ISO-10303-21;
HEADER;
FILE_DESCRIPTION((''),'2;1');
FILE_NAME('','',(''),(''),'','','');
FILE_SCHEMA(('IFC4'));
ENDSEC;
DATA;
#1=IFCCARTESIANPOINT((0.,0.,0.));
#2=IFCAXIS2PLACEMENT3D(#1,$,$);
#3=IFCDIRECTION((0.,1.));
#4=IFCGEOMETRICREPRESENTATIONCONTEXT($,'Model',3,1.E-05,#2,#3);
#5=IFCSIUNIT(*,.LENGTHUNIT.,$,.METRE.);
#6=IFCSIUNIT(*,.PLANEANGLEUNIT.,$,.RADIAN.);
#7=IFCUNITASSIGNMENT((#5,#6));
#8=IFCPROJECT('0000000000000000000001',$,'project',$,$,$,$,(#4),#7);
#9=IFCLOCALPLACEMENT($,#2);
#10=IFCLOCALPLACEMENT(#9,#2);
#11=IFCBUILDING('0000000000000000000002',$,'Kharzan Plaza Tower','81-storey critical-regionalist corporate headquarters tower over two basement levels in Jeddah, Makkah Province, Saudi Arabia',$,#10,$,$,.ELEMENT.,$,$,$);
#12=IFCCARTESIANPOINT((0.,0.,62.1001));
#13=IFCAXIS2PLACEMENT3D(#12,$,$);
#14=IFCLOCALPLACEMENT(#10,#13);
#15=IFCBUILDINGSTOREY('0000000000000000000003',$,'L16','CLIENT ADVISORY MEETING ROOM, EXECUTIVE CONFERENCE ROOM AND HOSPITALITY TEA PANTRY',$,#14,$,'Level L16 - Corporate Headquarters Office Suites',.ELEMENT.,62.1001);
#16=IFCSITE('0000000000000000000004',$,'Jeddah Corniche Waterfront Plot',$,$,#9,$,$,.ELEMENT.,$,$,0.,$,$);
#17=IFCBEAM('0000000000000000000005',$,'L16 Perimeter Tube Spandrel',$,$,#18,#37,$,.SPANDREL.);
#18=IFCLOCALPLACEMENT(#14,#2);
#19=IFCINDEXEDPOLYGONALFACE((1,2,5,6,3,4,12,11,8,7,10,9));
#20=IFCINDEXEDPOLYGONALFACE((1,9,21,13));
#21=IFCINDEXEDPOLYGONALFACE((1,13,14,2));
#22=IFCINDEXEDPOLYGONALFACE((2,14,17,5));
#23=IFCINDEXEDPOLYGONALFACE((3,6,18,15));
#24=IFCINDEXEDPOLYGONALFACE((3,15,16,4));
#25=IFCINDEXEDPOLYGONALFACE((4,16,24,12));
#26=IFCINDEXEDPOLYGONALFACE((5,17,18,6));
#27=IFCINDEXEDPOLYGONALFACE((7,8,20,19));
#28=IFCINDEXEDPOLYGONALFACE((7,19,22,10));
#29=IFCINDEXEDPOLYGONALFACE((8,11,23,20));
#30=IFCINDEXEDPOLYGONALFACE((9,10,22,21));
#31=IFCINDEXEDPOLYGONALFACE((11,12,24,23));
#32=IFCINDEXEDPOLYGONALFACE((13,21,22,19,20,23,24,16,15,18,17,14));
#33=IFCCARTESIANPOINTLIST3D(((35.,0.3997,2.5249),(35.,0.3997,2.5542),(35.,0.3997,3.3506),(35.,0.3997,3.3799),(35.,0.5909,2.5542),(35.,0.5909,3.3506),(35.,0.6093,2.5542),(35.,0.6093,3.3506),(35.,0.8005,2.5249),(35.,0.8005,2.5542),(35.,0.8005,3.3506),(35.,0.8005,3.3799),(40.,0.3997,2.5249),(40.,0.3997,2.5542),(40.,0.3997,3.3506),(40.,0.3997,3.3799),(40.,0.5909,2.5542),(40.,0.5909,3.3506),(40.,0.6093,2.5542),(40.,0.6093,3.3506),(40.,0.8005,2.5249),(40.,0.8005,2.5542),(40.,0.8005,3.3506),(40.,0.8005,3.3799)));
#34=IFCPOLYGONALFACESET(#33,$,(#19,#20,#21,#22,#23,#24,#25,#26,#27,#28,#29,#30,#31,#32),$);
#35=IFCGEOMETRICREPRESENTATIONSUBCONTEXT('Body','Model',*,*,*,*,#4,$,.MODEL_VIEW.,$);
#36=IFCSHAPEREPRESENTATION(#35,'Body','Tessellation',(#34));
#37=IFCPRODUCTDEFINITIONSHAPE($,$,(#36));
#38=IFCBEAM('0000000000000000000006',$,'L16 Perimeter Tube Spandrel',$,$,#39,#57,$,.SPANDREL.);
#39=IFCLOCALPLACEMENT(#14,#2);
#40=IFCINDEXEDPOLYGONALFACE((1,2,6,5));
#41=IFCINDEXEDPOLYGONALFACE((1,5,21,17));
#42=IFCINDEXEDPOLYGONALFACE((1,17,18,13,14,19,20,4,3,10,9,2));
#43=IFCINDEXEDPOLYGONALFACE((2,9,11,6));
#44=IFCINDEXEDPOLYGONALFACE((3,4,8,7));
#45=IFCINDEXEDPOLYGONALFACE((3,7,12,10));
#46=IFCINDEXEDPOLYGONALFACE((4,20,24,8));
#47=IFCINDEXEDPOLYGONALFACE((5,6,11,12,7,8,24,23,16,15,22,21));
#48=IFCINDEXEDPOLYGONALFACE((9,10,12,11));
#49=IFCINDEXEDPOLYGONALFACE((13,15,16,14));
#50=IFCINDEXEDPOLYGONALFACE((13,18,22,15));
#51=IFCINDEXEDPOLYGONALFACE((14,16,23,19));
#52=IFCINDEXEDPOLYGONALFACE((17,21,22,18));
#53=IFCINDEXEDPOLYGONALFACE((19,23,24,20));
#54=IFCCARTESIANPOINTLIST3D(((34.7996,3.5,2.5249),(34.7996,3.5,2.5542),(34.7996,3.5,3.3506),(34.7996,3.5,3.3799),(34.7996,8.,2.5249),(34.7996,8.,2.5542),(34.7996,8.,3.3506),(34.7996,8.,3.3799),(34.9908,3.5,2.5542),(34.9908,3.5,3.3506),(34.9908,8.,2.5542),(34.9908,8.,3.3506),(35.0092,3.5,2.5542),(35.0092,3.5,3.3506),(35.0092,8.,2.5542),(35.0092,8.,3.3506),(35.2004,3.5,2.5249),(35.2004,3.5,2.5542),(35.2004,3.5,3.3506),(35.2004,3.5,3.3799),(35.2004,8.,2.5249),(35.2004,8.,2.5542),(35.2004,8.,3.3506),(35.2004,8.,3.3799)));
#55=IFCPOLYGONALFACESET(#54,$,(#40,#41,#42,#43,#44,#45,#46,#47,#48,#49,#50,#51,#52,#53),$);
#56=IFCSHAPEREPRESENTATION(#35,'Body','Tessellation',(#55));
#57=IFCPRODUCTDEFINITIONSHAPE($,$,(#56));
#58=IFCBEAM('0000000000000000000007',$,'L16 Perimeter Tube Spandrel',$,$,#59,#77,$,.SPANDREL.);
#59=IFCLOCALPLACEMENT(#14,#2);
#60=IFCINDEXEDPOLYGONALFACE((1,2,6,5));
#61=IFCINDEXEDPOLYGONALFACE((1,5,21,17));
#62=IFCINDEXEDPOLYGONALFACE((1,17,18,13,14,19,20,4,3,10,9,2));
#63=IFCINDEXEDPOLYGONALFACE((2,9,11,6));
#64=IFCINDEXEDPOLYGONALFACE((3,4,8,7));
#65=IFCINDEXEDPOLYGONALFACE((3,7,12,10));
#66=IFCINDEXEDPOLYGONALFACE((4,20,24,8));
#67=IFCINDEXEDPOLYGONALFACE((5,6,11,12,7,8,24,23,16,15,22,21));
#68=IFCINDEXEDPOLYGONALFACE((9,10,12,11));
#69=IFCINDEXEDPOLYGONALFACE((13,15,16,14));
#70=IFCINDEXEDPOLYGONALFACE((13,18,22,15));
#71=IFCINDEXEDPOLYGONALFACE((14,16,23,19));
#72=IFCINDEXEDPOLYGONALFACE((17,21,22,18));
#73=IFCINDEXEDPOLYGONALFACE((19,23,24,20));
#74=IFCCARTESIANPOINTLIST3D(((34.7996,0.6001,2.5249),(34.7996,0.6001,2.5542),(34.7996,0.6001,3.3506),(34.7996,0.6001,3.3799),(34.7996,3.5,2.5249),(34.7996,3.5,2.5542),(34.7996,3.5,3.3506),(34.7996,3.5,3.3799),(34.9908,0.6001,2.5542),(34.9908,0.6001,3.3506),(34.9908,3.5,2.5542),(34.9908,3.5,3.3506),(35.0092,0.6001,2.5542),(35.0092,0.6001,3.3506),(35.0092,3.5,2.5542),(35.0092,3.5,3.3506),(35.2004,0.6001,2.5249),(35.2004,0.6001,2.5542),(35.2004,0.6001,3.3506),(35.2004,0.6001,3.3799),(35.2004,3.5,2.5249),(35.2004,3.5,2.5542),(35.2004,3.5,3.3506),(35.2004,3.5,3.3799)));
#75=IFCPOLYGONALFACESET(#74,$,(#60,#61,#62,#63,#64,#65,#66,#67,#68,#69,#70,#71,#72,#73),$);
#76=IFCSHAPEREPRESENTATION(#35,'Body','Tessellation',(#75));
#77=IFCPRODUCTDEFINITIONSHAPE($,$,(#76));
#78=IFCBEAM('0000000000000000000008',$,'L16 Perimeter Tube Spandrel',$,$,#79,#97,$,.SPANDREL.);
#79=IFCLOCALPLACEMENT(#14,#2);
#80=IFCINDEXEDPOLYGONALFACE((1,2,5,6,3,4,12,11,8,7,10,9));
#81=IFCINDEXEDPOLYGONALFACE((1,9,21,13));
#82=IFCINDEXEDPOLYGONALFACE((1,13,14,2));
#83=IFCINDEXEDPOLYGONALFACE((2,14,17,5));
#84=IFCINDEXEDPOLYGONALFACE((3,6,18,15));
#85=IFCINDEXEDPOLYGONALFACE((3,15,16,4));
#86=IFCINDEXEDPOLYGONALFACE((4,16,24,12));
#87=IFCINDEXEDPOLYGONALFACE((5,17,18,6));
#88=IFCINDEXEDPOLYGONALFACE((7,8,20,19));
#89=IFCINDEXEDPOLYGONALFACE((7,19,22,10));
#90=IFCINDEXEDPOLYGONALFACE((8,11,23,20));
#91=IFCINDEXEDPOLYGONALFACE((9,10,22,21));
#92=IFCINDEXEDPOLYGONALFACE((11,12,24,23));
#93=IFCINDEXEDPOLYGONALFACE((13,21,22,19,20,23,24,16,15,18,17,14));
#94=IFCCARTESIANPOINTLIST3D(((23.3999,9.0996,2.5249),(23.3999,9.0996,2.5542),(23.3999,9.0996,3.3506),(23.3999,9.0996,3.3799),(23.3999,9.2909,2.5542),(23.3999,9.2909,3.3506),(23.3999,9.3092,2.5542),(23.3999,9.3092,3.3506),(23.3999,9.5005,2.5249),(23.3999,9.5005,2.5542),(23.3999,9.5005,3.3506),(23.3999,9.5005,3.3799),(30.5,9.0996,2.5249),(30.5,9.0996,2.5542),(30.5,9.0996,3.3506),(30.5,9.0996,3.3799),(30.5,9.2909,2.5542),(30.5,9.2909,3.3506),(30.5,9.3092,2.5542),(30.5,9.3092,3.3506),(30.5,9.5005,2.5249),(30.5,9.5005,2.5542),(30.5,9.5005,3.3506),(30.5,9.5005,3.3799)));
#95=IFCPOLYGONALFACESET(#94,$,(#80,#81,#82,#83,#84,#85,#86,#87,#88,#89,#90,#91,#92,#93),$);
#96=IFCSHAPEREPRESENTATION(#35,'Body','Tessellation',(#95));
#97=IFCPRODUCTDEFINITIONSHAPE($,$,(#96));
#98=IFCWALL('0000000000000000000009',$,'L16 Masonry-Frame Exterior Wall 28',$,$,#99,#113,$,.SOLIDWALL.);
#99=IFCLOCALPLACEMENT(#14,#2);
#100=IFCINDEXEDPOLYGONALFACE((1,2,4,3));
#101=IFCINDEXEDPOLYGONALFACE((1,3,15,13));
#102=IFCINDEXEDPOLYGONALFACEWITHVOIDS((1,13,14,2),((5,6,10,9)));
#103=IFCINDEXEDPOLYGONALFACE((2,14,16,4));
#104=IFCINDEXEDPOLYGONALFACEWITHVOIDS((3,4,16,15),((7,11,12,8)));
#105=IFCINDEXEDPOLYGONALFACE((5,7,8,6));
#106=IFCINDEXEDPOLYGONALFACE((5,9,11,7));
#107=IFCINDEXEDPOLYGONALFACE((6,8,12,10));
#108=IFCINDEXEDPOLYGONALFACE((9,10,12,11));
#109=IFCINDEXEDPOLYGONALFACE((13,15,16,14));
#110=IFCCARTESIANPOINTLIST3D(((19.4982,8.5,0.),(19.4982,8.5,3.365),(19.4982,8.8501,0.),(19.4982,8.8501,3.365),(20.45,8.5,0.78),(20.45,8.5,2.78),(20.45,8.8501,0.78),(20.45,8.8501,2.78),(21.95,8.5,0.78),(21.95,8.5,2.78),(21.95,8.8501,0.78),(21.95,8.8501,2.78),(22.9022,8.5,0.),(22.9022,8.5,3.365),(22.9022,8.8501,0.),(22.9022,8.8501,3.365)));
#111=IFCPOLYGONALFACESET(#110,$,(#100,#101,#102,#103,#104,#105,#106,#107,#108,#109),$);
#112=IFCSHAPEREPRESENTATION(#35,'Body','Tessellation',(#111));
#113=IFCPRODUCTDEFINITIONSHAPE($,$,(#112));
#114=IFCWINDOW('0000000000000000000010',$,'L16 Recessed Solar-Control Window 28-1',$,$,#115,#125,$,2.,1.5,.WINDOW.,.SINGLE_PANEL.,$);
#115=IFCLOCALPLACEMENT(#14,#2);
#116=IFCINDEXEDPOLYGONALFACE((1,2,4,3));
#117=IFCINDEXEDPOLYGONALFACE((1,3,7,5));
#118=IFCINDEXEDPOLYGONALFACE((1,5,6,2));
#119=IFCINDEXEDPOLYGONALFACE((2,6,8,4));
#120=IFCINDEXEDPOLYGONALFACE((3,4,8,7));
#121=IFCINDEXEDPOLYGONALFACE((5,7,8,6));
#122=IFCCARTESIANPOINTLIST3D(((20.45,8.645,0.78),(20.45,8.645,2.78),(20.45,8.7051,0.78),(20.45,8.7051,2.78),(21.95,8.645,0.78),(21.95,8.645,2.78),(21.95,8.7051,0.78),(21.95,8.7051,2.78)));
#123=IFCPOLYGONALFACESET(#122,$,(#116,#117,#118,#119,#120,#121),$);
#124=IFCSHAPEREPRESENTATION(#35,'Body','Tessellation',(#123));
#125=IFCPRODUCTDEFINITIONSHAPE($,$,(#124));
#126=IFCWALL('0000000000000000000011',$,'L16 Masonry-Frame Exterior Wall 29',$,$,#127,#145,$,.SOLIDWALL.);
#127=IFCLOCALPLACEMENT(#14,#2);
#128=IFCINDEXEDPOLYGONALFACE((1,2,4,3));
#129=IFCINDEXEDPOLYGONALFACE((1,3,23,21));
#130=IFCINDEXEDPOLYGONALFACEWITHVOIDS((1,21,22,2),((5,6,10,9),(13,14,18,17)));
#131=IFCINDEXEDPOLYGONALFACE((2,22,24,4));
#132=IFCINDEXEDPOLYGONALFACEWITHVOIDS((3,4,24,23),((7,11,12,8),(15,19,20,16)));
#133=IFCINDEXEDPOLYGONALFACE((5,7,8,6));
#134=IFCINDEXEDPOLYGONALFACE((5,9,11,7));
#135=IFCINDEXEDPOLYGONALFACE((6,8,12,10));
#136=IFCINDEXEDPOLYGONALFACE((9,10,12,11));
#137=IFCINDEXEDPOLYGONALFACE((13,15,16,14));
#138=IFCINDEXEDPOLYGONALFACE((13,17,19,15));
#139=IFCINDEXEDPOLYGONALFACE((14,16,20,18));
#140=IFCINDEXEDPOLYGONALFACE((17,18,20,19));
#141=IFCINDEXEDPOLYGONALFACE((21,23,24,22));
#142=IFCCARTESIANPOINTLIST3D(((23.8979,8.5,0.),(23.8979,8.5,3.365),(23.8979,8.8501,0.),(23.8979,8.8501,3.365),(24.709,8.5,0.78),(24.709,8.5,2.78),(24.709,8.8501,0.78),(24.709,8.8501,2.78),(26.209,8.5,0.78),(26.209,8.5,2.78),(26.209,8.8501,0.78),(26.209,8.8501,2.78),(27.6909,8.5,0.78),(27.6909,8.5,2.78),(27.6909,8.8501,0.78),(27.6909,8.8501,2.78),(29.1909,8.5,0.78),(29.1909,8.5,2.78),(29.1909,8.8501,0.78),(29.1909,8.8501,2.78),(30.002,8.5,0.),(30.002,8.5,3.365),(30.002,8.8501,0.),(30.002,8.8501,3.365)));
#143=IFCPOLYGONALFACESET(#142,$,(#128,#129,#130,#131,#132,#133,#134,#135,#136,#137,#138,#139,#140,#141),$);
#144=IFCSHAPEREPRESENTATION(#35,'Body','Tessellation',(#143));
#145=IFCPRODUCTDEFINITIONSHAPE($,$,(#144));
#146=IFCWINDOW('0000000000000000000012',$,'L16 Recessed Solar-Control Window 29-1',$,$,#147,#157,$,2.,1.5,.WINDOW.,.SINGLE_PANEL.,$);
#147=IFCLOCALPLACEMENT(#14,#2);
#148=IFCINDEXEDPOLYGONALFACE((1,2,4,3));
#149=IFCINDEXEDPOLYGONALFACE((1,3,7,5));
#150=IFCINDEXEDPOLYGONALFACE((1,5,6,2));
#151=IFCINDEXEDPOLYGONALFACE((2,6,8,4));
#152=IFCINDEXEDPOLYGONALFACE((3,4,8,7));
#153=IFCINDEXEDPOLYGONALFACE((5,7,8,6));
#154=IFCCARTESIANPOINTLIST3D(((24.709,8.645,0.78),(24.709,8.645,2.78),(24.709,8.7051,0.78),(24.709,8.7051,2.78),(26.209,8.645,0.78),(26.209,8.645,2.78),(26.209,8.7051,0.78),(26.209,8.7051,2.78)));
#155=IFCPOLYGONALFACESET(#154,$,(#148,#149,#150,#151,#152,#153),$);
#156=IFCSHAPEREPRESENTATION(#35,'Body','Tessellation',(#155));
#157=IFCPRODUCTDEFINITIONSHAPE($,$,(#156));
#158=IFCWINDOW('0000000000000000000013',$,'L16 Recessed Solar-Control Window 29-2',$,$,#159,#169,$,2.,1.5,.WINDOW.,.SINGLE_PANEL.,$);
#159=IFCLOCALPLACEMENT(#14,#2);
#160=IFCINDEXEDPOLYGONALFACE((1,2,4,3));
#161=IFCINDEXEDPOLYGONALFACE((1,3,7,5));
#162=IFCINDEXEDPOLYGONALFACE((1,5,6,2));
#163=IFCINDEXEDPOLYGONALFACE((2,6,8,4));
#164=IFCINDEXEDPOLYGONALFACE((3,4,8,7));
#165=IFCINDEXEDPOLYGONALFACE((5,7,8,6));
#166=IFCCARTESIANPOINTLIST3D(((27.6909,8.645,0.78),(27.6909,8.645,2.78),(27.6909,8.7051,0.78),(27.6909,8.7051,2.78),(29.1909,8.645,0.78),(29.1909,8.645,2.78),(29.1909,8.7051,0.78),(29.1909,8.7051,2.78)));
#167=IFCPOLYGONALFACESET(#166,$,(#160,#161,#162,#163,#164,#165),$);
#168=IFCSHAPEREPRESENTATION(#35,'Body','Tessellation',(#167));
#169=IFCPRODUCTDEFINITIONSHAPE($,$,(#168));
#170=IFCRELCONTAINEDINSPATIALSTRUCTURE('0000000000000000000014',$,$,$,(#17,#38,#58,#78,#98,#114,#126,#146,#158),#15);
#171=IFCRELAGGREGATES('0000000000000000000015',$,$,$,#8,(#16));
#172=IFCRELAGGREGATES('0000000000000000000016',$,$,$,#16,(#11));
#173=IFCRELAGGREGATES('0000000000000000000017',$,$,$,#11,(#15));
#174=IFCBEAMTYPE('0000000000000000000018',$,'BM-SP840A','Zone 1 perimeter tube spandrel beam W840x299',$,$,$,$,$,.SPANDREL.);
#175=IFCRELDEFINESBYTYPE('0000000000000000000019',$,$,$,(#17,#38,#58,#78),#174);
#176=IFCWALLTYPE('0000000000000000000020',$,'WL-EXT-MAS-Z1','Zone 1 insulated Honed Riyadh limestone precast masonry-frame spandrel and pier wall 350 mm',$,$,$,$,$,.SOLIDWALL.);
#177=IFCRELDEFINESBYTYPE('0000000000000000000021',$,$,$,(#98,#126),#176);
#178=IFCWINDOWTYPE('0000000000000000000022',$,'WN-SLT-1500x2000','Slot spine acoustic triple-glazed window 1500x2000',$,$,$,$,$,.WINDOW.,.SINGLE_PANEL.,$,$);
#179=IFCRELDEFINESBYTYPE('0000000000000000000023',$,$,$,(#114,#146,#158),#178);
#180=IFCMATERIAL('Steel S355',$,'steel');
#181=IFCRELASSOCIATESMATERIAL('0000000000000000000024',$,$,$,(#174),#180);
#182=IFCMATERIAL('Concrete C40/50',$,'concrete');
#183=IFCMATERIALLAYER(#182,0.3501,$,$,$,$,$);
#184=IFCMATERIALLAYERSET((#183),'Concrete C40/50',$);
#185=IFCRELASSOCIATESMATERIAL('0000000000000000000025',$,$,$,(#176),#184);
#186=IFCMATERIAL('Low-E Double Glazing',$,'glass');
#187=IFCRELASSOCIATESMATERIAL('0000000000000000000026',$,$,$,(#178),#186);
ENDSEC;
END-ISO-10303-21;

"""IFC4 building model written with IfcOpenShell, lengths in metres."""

from ifc_helpers import new_model, si_unit, direction, frame, frame_2d, origin, origin_2d, place, context, subcontext, project, spatial, rectangle, i_section, extrude, source, transform, mapped, material, layer, layer_set, material_profile, profile_set, type_object, element, fill, save


model = new_model("IFC4")

# Units and contexts
model_context = context("Model", 3, precision=1e-05, world=origin(), true_north=direction((0.0, 1.0)))
body_context = subcontext(model_context, "Body", "Model", "MODEL_VIEW")
ifc_project = project(units=[si_unit("LENGTHUNIT", "METRE"), si_unit("PLANEANGLEUNIT", "RADIAN")], contexts=[model_context])

# Site, building, storey
site_placement = place(None, origin())
site = spatial("IfcSite", under=ifc_project, at=site_placement, Name="Jeddah Corniche Waterfront Plot", CompositionType="ELEMENT", RefElevation=0.0)
building_placement = place(site_placement, origin())
building = spatial("IfcBuilding", under=site, at=building_placement, Name="Kharzan Plaza Tower", Description="81-storey critical-regionalist corporate headquarters tower over two basement levels in Jeddah, Makkah Province, Saudi Arabia", CompositionType="ELEMENT")
storey_placement = place(building_placement, frame((0.0, 0.0, 62.1001)))
storey = spatial("IfcBuildingStorey", under=building, at=storey_placement, Name="L16", Description="CLIENT ADVISORY MEETING ROOM, EXECUTIVE CONFERENCE ROOM AND HOSPITALITY TEA PANTRY", LongName="Level L16 - Corporate Headquarters Office Suites", CompositionType="ELEMENT", Elevation=62.1001)

# Beams
ifc_material_1 = material(Name="Steel S355", Category="steel")
ifc_material_profile_1 = material_profile(ifc_material_1, i_section(OverallWidth=0.4009, OverallDepth=0.855, WebThickness=0.0183, FlangeThickness=0.0293, at=origin_2d()), Name="W840x299")
ifc_profile_set_1 = profile_set([ifc_material_profile_1], Name="Steel S355")
beam_type_1 = type_object("IfcBeamType", Name="BM-SP840A", Description="Zone 1 perimeter tube spandrel beam W840x299", PredefinedType="SPANDREL", material=ifc_profile_set_1)
shared_shape_1 = source(origin(), body_context, "Body", "SweptSolid", [
    extrude(i_section(OverallWidth=0.4009, OverallDepth=0.855, WebThickness=0.0183, FlangeThickness=0.0293, at=origin_2d()), origin(), (0.0, 0.0, 1.0), 5.0),
])
beam_1_placement = place(storey_placement, frame((35.0, 0.6001, 2.9524), z_axis=(1.0, 0.0, 0.0), x_axis=(0.0, 1.0, 0.0)))
element("IfcBeam", 1, at=beam_1_placement, inside=storey, type_object=beam_type_1, Name="L16 Perimeter Tube Spandrel", PredefinedType="SPANDREL", context=body_context, shape_type="MappedRepresentation", body=[
    mapped(shared_shape_1, transform((0.0, 0.0, 0.0), x_axis=(1.0, 0.0, 0.0), y_axis=(0.0, 1.0, 0.0), z_axis=(0.0, 0.0, 1.0))),
])
shared_shape_2 = source(origin(), body_context, "Body", "SweptSolid", [
    extrude(i_section(OverallWidth=0.4009, OverallDepth=0.855, WebThickness=0.0183, FlangeThickness=0.0293, at=origin_2d()), origin(), (0.0, 0.0, 1.0), 4.5),
])
beam_2_placement = place(storey_placement, frame((35.0, 3.5, 2.9524), z_axis=(0.0, 1.0, 0.0), x_axis=(-1.0, 0.0, 0.0)))
element("IfcBeam", 2, at=beam_2_placement, inside=storey, type_object=beam_type_1, Name="L16 Perimeter Tube Spandrel", PredefinedType="SPANDREL", context=body_context, shape_type="MappedRepresentation", body=[
    mapped(shared_shape_2, transform((0.0, 0.0, 0.0), x_axis=(1.0, 0.0, 0.0), y_axis=(0.0, 1.0, 0.0), z_axis=(0.0, 0.0, 1.0))),
])
shared_shape_3 = source(origin(), body_context, "Body", "SweptSolid", [
    extrude(i_section(OverallWidth=0.4009, OverallDepth=0.855, WebThickness=0.0183, FlangeThickness=0.0293, at=origin_2d()), origin(), (0.0, 0.0, 1.0), 2.8999),
])
beam_3_placement = place(storey_placement, frame((35.0, 0.6001, 2.9524), z_axis=(0.0, 1.0, 0.0), x_axis=(-1.0, 0.0, 0.0)))
element("IfcBeam", 3, at=beam_3_placement, inside=storey, type_object=beam_type_1, Name="L16 Perimeter Tube Spandrel", PredefinedType="SPANDREL", context=body_context, shape_type="MappedRepresentation", body=[
    mapped(shared_shape_3, transform((0.0, 0.0, 0.0), x_axis=(1.0, 0.0, 0.0), y_axis=(0.0, 1.0, 0.0), z_axis=(0.0, 0.0, 1.0))),
])
shared_shape_4 = source(origin(), body_context, "Body", "SweptSolid", [
    extrude(i_section(OverallWidth=0.4009, OverallDepth=0.855, WebThickness=0.0183, FlangeThickness=0.0293, at=origin_2d()), origin(), (0.0, 0.0, 1.0), 7.1001),
])
beam_4_placement = place(storey_placement, frame((23.3999, 9.3, 2.9524), z_axis=(1.0, 0.0, 0.0), x_axis=(0.0, 1.0, 0.0)))
element("IfcBeam", 4, at=beam_4_placement, inside=storey, type_object=beam_type_1, Name="L16 Perimeter Tube Spandrel", PredefinedType="SPANDREL", context=body_context, shape_type="MappedRepresentation", body=[
    mapped(shared_shape_4, transform((0.0, 0.0, 0.0), x_axis=(1.0, 0.0, 0.0), y_axis=(0.0, 1.0, 0.0), z_axis=(0.0, 0.0, 1.0))),
])

# Wall, opening, window
ifc_material_2 = material(Name="Concrete C40/50", Category="concrete")
ifc_layer_1 = layer(ifc_material_2, 0.3501)
ifc_layer_set_1 = layer_set([ifc_layer_1], Name="Concrete C40/50")
wall_type_1 = type_object("IfcWallType", Name="WL-EXT-MAS-Z1", Description="Zone 1 insulated Honed Riyadh limestone precast masonry-frame spandrel and pier wall 350 mm", PredefinedType="SOLIDWALL", material=ifc_layer_set_1)
wall_1_placement = place(storey_placement, frame((19.498, 8.675, 0.0), z_axis=(0.0, 0.0, 1.0), x_axis=(1.0, 0.0, 0.0)))
wall_1 = element("IfcWall", 5, at=wall_1_placement, inside=storey, type_object=wall_type_1, Name="L16 Masonry-Frame Exterior Wall 28", PredefinedType="SOLIDWALL", context=body_context, shape_type="SweptSolid", body=[
    extrude(rectangle(XDim=3.4041, YDim=0.3501, at=frame_2d((1.7021, 0.0))), origin(), (0.0, 0.0, 1.0), 3.365),
])
opening_1_placement = place(wall_1_placement, frame((0.9519, 0.0, 0.78)))
opening_1 = element("IfcOpeningElement", 6, at=opening_1_placement, cuts=wall_1, PredefinedType="OPENING", context=body_context, shape_type="SweptSolid", body=[
    extrude(rectangle(XDim=1.5, YDim=2.0, at=frame_2d((0.75, 1.0))), frame((0.0, 0.1851, 0.0), z_axis=(0.0, -1.0, 0.0), x_axis=(1.0, 0.0, 0.0)), (0.0, 0.0, 1.0), 0.3701),
])
ifc_material_3 = material(Name="Low-E Double Glazing", Category="glass")
window_type = type_object("IfcWindowType", Name="WN-SLT-1500x2000", Description="Slot spine acoustic triple-glazed window 1500x2000", PartitioningType="SINGLE_PANEL", PredefinedType="WINDOW", material=ifc_material_3)
shared_shape_5 = source(origin(), body_context, "Body", "SweptSolid", [
    extrude(rectangle(XDim=1.5, YDim=2.0, at=frame_2d((0.75, 1.0))), frame((0.0, 0.03, 0.0), z_axis=(0.0, -1.0, 0.0), x_axis=(1.0, 0.0, 0.0)), (0.0, 0.0, 1.0), 0.0601),
])
window_1_placement = place(opening_1_placement, origin())
window_1 = element("IfcWindow", 7, at=window_1_placement, inside=storey, type_object=window_type, Name="L16 Recessed Solar-Control Window 28-1", OverallHeight=2.0, OverallWidth=1.5, PartitioningType="SINGLE_PANEL", PredefinedType="WINDOW", context=body_context, shape_type="MappedRepresentation", body=[
    mapped(shared_shape_5, transform((0.0, 0.0, 0.0), x_axis=(1.0, 0.0, 0.0), y_axis=(0.0, 1.0, 0.0), z_axis=(0.0, 0.0, 1.0))),
])
fill(opening_1, window_1)

# Wall, openings, windows
wall_2_placement = place(storey_placement, frame((23.8979, 8.675, 0.0), z_axis=(0.0, 0.0, 1.0), x_axis=(1.0, 0.0, 0.0)))
wall_2 = element("IfcWall", 8, at=wall_2_placement, inside=storey, type_object=wall_type_1, Name="L16 Masonry-Frame Exterior Wall 29", PredefinedType="SOLIDWALL", context=body_context, shape_type="SweptSolid", body=[
    extrude(rectangle(XDim=6.104, YDim=0.3501, at=frame_2d((3.052, 0.0))), origin(), (0.0, 0.0, 1.0), 3.365),
])
opening_2_placement = place(wall_2_placement, frame((0.811, 0.0, 0.78)))
opening_2 = element("IfcOpeningElement", 9, at=opening_2_placement, cuts=wall_2, PredefinedType="OPENING", context=body_context, shape_type="SweptSolid", body=[
    extrude(rectangle(XDim=1.5, YDim=2.0, at=frame_2d((0.75, 1.0))), frame((0.0, 0.1851, 0.0), z_axis=(0.0, -1.0, 0.0), x_axis=(1.0, 0.0, 0.0)), (0.0, 0.0, 1.0), 0.3701),
])
opening_3_placement = place(wall_2_placement, frame((3.793, 0.0, 0.78)))
opening_3 = element("IfcOpeningElement", 10, at=opening_3_placement, cuts=wall_2, PredefinedType="OPENING", context=body_context, shape_type="SweptSolid", body=[
    extrude(rectangle(XDim=1.5, YDim=2.0, at=frame_2d((0.75, 1.0))), frame((0.0, 0.1851, 0.0), z_axis=(0.0, -1.0, 0.0), x_axis=(1.0, 0.0, 0.0)), (0.0, 0.0, 1.0), 0.3701),
])
window_2_placement = place(opening_2_placement, origin())
window_2 = element("IfcWindow", 11, at=window_2_placement, inside=storey, type_object=window_type, Name="L16 Recessed Solar-Control Window 29-1", OverallHeight=2.0, OverallWidth=1.5, PartitioningType="SINGLE_PANEL", PredefinedType="WINDOW", context=body_context, shape_type="MappedRepresentation", body=[
    mapped(shared_shape_5, transform((0.0, 0.0, 0.0), x_axis=(1.0, 0.0, 0.0), y_axis=(0.0, 1.0, 0.0), z_axis=(0.0, 0.0, 1.0))),
])
fill(opening_2, window_2)
window_3_placement = place(opening_3_placement, origin())
window_3 = element("IfcWindow", 12, at=window_3_placement, inside=storey, type_object=window_type, Name="L16 Recessed Solar-Control Window 29-2", OverallHeight=2.0, OverallWidth=1.5, PartitioningType="SINGLE_PANEL", PredefinedType="WINDOW", context=body_context, shape_type="MappedRepresentation", body=[
    mapped(shared_shape_5, transform((0.0, 0.0, 0.0), x_axis=(1.0, 0.0, 0.0), y_axis=(0.0, 1.0, 0.0), z_axis=(0.0, 0.0, 1.0))),
])
fill(opening_3, window_3)

save(model, "model.ifc")
